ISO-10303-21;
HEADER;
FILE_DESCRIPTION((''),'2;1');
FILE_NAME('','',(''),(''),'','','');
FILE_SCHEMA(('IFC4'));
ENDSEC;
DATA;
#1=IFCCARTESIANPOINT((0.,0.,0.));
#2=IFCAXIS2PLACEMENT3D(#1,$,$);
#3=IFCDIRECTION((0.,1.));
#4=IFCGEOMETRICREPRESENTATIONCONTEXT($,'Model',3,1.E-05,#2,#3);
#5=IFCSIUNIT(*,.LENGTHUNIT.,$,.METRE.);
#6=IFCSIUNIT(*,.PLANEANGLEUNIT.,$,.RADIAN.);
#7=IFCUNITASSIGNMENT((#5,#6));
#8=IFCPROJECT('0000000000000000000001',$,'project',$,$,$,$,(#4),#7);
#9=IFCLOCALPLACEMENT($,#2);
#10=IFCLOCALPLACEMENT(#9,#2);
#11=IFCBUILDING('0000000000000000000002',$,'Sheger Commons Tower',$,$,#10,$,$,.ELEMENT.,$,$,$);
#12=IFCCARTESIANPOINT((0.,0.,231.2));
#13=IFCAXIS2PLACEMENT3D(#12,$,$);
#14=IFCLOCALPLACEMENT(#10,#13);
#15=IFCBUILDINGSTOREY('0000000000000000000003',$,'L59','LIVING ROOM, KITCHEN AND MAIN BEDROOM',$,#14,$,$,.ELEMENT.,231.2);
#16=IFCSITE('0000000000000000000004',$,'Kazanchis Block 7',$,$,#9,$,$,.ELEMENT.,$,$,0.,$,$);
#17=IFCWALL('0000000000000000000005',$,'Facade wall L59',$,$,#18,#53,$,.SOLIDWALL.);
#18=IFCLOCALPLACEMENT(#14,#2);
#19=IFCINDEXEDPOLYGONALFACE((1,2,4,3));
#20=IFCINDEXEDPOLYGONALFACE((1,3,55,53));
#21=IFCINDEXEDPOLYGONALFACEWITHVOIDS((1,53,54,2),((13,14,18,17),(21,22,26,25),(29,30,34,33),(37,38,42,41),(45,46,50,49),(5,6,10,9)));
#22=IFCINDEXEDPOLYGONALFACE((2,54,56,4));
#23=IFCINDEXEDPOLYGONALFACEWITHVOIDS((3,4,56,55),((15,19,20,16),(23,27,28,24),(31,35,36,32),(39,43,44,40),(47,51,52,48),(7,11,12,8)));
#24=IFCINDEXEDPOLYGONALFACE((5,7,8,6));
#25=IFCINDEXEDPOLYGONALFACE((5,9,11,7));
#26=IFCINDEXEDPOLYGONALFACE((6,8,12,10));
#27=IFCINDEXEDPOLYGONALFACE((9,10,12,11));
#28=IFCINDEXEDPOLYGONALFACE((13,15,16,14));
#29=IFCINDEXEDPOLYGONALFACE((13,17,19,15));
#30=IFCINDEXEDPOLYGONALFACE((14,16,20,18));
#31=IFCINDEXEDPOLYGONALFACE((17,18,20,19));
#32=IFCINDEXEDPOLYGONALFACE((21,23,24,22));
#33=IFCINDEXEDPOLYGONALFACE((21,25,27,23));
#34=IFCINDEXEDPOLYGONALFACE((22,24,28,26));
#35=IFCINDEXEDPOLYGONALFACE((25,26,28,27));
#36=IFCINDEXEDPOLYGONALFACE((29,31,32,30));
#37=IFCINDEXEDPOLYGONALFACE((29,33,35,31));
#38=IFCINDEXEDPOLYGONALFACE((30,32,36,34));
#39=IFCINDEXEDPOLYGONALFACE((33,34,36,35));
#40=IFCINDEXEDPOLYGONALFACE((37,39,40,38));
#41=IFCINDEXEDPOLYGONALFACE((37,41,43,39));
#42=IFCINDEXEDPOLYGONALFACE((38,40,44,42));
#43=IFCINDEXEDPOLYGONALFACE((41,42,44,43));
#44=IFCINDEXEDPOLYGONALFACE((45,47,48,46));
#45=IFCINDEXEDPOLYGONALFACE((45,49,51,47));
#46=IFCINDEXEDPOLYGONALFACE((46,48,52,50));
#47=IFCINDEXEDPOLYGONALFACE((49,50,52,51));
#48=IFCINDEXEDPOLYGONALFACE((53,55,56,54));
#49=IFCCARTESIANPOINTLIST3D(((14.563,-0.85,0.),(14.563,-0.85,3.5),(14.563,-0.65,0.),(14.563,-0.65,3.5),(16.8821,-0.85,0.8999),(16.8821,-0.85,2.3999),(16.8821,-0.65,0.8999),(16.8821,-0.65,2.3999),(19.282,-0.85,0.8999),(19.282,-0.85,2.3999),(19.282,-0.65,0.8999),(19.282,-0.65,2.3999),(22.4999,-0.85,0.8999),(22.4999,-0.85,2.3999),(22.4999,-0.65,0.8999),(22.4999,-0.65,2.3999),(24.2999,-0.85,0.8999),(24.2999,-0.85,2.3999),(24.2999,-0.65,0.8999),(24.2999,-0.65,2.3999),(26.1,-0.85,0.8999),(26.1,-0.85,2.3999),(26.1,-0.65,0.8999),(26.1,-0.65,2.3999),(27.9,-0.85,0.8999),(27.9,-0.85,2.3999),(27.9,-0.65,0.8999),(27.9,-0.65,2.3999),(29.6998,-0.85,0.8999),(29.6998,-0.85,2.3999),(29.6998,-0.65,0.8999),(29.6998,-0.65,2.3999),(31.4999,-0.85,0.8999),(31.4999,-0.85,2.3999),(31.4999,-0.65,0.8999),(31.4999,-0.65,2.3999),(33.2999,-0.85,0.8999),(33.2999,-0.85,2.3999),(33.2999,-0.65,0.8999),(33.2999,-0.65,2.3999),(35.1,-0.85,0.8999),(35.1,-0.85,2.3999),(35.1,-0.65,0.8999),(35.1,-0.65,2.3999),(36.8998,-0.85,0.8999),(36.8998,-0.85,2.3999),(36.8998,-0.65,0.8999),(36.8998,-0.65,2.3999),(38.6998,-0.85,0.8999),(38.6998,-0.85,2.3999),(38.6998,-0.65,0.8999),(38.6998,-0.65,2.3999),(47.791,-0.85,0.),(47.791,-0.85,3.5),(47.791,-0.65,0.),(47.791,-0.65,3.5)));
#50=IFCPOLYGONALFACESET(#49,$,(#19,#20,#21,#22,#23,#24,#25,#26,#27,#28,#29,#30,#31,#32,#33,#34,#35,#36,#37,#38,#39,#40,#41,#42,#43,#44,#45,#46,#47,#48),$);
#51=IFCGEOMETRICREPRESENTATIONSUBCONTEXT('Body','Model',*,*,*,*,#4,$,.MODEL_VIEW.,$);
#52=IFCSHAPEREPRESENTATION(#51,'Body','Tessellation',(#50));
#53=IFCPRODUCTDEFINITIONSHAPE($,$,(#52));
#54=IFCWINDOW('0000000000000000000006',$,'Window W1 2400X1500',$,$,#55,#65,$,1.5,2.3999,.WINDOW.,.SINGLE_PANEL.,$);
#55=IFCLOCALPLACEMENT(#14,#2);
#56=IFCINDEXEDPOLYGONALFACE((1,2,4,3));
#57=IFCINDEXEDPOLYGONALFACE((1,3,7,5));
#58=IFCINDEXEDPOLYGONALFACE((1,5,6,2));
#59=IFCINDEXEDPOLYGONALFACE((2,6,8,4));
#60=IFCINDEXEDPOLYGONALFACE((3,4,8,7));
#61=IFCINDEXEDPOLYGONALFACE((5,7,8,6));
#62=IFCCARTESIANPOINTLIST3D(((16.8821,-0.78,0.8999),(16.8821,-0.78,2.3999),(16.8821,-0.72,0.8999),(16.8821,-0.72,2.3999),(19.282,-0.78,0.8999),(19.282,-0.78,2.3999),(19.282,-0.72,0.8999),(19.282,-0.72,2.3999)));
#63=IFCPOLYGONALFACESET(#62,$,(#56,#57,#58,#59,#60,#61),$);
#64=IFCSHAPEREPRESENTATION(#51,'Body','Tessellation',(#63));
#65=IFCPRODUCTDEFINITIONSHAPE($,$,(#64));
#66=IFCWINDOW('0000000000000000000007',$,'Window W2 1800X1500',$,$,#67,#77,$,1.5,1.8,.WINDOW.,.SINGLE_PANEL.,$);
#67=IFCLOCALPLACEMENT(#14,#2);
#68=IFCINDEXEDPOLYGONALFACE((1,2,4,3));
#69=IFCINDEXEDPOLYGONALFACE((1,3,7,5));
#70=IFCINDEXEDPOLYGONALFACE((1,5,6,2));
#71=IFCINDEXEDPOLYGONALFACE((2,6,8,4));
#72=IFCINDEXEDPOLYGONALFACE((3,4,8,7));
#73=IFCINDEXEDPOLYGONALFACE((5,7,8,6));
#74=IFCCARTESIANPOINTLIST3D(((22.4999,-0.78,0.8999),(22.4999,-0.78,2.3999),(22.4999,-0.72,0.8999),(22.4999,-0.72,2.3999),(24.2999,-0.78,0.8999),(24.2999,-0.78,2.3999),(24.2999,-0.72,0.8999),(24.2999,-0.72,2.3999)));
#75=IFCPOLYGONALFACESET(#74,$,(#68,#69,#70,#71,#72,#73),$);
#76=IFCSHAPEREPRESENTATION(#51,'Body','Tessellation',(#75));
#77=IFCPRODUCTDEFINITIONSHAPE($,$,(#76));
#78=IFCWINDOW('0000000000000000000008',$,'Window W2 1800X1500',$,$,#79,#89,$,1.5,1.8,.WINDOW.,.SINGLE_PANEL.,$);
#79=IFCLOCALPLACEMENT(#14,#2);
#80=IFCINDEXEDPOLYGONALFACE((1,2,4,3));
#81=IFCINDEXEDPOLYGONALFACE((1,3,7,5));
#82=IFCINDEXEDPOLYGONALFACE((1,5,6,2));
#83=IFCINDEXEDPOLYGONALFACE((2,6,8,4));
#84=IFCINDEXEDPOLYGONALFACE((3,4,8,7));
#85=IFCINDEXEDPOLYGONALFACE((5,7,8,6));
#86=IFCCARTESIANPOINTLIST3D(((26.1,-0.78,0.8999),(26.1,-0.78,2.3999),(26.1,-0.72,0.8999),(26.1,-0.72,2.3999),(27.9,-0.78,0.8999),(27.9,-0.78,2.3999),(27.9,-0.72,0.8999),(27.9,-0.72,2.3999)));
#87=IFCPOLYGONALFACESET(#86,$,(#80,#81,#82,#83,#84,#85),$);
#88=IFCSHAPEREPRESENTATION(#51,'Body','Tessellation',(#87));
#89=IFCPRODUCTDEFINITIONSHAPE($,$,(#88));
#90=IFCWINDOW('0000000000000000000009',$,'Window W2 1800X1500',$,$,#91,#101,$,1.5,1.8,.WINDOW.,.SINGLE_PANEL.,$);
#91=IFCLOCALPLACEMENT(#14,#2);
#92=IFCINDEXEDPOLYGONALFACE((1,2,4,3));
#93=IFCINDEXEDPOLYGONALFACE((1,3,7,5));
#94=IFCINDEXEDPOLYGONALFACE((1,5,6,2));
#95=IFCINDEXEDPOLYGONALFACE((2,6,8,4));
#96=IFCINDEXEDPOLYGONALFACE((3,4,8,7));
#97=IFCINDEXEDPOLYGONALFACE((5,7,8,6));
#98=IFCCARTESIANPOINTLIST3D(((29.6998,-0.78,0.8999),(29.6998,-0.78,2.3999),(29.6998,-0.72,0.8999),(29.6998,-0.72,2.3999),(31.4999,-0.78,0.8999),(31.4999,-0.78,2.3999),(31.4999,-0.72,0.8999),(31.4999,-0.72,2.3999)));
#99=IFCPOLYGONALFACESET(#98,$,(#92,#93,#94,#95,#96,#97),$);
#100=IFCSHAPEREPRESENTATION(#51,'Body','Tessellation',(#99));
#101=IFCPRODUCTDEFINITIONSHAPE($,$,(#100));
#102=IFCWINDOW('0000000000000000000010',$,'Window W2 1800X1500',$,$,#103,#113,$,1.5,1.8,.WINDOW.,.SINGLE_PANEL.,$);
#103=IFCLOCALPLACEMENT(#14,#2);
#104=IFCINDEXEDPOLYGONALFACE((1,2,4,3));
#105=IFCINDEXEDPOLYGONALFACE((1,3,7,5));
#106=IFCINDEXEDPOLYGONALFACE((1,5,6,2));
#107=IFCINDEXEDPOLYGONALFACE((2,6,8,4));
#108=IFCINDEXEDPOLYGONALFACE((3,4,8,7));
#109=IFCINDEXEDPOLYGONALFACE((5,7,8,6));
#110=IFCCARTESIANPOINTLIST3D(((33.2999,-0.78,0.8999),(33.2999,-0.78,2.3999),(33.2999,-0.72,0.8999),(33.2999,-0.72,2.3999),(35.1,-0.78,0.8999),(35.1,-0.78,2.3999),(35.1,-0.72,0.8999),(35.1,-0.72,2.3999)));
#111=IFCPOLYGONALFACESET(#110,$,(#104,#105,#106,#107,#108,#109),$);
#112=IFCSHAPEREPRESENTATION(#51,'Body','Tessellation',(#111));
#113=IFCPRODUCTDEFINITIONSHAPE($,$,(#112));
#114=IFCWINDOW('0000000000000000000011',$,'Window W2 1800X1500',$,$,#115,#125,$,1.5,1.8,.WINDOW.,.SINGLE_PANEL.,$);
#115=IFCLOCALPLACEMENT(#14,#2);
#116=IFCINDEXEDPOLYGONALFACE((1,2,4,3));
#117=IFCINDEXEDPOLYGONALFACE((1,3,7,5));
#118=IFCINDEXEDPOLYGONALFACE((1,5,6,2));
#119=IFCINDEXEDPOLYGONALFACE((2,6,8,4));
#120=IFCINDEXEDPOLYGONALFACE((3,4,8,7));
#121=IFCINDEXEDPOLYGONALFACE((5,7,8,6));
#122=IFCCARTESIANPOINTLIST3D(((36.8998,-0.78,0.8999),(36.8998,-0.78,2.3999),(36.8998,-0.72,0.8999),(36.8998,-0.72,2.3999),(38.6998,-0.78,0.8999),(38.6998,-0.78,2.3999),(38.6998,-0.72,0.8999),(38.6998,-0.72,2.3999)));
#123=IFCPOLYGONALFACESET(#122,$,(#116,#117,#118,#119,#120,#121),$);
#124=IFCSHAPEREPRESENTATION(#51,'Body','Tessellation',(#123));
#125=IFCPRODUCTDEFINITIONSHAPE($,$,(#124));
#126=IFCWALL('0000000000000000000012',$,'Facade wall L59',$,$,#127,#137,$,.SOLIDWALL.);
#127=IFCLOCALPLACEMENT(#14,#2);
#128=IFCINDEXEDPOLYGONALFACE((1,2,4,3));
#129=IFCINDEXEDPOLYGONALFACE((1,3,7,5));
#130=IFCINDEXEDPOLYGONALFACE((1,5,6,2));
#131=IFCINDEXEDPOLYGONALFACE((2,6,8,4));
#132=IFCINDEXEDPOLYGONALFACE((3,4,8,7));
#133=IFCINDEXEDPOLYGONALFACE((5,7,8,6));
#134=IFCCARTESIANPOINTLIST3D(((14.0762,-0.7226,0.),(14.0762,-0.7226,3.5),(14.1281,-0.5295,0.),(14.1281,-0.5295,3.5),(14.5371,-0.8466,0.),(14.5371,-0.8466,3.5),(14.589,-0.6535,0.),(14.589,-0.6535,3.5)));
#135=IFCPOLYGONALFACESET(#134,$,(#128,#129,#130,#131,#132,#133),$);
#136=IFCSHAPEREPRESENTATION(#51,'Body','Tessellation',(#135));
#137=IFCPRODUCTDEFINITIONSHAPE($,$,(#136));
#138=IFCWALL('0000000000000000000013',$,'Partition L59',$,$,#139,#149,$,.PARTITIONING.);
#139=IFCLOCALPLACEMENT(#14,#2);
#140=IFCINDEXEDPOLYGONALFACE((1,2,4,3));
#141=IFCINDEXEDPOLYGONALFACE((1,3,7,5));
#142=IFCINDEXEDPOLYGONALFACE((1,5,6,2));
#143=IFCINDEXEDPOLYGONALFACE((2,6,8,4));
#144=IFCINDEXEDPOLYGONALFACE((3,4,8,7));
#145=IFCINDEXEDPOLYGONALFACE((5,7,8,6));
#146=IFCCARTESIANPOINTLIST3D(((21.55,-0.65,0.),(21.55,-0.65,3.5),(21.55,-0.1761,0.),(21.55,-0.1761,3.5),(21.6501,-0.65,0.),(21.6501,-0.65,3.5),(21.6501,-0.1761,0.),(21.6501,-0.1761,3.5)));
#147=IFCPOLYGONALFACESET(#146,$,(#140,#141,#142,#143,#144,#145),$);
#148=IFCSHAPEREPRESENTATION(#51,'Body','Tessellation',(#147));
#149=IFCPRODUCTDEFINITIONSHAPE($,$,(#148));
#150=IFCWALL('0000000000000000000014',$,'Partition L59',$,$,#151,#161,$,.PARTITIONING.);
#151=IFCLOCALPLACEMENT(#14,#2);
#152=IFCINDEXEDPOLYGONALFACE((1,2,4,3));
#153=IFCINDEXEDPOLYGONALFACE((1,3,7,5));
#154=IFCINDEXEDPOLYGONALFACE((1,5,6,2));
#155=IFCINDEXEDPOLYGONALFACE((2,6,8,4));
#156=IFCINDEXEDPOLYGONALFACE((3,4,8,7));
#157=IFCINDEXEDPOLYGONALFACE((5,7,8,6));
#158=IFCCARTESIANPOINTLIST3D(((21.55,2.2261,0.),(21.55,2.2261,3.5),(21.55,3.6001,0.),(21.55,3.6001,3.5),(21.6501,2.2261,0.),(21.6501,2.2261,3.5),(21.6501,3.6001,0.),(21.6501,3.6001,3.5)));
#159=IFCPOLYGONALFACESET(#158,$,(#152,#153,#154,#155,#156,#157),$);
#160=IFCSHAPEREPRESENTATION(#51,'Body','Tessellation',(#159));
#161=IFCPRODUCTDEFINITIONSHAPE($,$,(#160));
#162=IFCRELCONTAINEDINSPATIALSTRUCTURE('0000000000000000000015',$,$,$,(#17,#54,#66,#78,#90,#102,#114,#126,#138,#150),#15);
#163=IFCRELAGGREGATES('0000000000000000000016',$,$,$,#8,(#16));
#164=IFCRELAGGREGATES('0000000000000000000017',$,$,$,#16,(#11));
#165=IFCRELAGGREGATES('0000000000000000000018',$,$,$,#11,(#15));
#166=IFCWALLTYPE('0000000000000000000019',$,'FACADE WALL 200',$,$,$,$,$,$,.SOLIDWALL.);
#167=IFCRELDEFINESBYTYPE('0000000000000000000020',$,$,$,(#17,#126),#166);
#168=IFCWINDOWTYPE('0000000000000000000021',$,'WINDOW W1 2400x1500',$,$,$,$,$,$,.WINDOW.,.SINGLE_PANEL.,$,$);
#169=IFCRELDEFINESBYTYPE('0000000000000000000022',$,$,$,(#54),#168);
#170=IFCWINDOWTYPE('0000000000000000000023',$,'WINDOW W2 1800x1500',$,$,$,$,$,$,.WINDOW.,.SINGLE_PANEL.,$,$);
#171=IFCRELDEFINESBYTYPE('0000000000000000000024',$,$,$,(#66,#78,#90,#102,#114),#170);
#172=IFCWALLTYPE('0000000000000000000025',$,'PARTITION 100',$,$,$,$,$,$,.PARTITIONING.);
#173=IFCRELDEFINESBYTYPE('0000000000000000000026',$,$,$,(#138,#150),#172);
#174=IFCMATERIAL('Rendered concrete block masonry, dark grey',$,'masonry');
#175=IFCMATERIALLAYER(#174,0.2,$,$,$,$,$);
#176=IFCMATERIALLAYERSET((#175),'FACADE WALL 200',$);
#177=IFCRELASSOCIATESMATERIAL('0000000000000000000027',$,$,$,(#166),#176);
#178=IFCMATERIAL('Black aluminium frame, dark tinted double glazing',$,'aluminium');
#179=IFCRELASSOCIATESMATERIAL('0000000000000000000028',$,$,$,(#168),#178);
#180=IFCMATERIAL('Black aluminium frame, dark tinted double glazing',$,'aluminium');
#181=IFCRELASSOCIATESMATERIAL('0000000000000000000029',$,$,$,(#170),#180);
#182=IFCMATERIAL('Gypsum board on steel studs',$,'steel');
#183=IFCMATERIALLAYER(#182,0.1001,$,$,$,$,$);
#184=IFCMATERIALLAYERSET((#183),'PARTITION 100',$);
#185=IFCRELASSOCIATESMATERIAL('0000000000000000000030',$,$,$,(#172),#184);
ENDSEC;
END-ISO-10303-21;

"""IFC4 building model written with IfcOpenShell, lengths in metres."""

from ifc_helpers import new_model, si_unit, direction, frame, frame_2d, origin, place, context, subcontext, project, spatial, rectangle, extrude, material, layer, layer_set, type_object, element, fill, save


model = new_model("IFC4")

# Units and contexts
model_context = context("Model", 3, precision=1e-05, world=origin(), true_north=direction((0.0, 1.0)))
body_context = subcontext(model_context, "Body", "Model", "MODEL_VIEW")
ifc_project = project(units=[si_unit("LENGTHUNIT", "METRE"), si_unit("PLANEANGLEUNIT", "RADIAN")], contexts=[model_context])

# Site, building, storey
site_placement = place(None, origin())
site = spatial("IfcSite", under=ifc_project, at=site_placement, Name="Kazanchis Block 7", CompositionType="ELEMENT", RefElevation=0.0)
building_placement = place(site_placement, origin())
building = spatial("IfcBuilding", under=site, at=building_placement, Name="Sheger Commons Tower", CompositionType="ELEMENT")
storey_placement = place(building_placement, frame((0.0, 0.0, 231.2)))
storey = spatial("IfcBuildingStorey", under=building, at=storey_placement, Name="L59", Description="LIVING ROOM, KITCHEN AND MAIN BEDROOM", CompositionType="ELEMENT", Elevation=231.2)

# Wall, openings, windows
ifc_material_1 = material(Name="Rendered concrete block masonry, dark grey", Category="masonry")
ifc_layer_1 = layer(ifc_material_1, 0.2)
ifc_layer_set_1 = layer_set([ifc_layer_1], Name="FACADE WALL 200")
wall_type_1 = type_object("IfcWallType", Name="FACADE WALL 200", PredefinedType="SOLIDWALL", material=ifc_layer_set_1)
wall_1_placement = place(storey_placement, frame((14.563, -0.75, 0.0), z_axis=(0.0, 0.0, 1.0), x_axis=(1.0, 0.0, 0.0)))
wall_1 = element("IfcWall", 1, at=wall_1_placement, inside=storey, type_object=wall_type_1, Name="Facade wall L59", PredefinedType="SOLIDWALL", context=body_context, shape_type="SweptSolid", body=[
    extrude(rectangle(XDim=33.228, YDim=0.2, at=frame_2d((16.614, 0.0))), origin(), (0.0, 0.0, 1.0), 3.5),
])
opening_1_placement = place(wall_1_placement, frame((2.3191, 0.0, 0.8999)))
opening_1 = element("IfcOpeningElement", 2, at=opening_1_placement, cuts=wall_1, PredefinedType="OPENING", context=body_context, shape_type="SweptSolid", body=[
    extrude(rectangle(XDim=2.3999, YDim=1.5, at=frame_2d((1.2, 0.75))), frame((0.0, 0.1099, 0.0), z_axis=(0.0, -1.0, 0.0), x_axis=(1.0, 0.0, 0.0)), (0.0, 0.0, 1.0), 0.22),
])
opening_2_placement = place(wall_1_placement, frame((7.937, 0.0, 0.8999)))
opening_2 = element("IfcOpeningElement", 3, at=opening_2_placement, cuts=wall_1, PredefinedType="OPENING", context=body_context, shape_type="SweptSolid", body=[
    extrude(rectangle(XDim=1.8, YDim=1.5, at=frame_2d((0.8999, 0.75))), frame((0.0, 0.1099, 0.0), z_axis=(0.0, -1.0, 0.0), x_axis=(1.0, 0.0, 0.0)), (0.0, 0.0, 1.0), 0.22),
])
opening_3_placement = place(wall_1_placement, frame((11.5371, 0.0, 0.8999)))
opening_3 = element("IfcOpeningElement", 4, at=opening_3_placement, cuts=wall_1, PredefinedType="OPENING", context=body_context, shape_type="SweptSolid", body=[
    extrude(rectangle(XDim=1.8, YDim=1.5, at=frame_2d((0.8999, 0.75))), frame((0.0, 0.1099, 0.0), z_axis=(0.0, -1.0, 0.0), x_axis=(1.0, 0.0, 0.0)), (0.0, 0.0, 1.0), 0.22),
])
opening_4_placement = place(wall_1_placement, frame((15.137, 0.0, 0.8999)))
opening_4 = element("IfcOpeningElement", 5, at=opening_4_placement, cuts=wall_1, PredefinedType="OPENING", context=body_context, shape_type="SweptSolid", body=[
    extrude(rectangle(XDim=1.8, YDim=1.5, at=frame_2d((0.8999, 0.75))), frame((0.0, 0.1099, 0.0), z_axis=(0.0, -1.0, 0.0), x_axis=(1.0, 0.0, 0.0)), (0.0, 0.0, 1.0), 0.22),
])
opening_5_placement = place(wall_1_placement, frame((18.7371, 0.0, 0.8999)))
opening_5 = element("IfcOpeningElement", 6, at=opening_5_placement, cuts=wall_1, PredefinedType="OPENING", context=body_context, shape_type="SweptSolid", body=[
    extrude(rectangle(XDim=1.8, YDim=1.5, at=frame_2d((0.8999, 0.75))), frame((0.0, 0.1099, 0.0), z_axis=(0.0, -1.0, 0.0), x_axis=(1.0, 0.0, 0.0)), (0.0, 0.0, 1.0), 0.22),
])
opening_6_placement = place(wall_1_placement, frame((22.3369, 0.0, 0.8999)))
opening_6 = element("IfcOpeningElement", 7, at=opening_6_placement, cuts=wall_1, PredefinedType="OPENING", context=body_context, shape_type="SweptSolid", body=[
    extrude(rectangle(XDim=1.8, YDim=1.5, at=frame_2d((0.8999, 0.75))), frame((0.0, 0.1099, 0.0), z_axis=(0.0, -1.0, 0.0), x_axis=(1.0, 0.0, 0.0)), (0.0, 0.0, 1.0), 0.22),
])
ifc_material_2 = material(Name="Black aluminium frame, dark tinted double glazing", Category="aluminium")
window_type_1 = type_object("IfcWindowType", Name="WINDOW W1 2400x1500", PartitioningType="SINGLE_PANEL", PredefinedType="WINDOW", material=ifc_material_2)
window_1_placement = place(opening_1_placement, origin())
window_1 = element("IfcWindow", 8, at=window_1_placement, inside=storey, type_object=window_type_1, Name="Window W1 2400X1500", OverallHeight=1.5, OverallWidth=2.3999, PartitioningType="SINGLE_PANEL", PredefinedType="WINDOW", context=body_context, shape_type="SweptSolid", body=[
    extrude(rectangle(XDim=2.3999, YDim=1.5, at=frame_2d((1.2, 0.75))), frame((0.0, 0.03, 0.0), z_axis=(0.0, -1.0, 0.0), x_axis=(1.0, 0.0, 0.0)), (0.0, 0.0, 1.0), 0.0601),
])
fill(opening_1, window_1)
ifc_material_3 = material(Name="Black aluminium frame, dark tinted double glazing", Category="aluminium")
window_type_2 = type_object("IfcWindowType", Name="WINDOW W2 1800x1500", PartitioningType="SINGLE_PANEL", PredefinedType="WINDOW", material=ifc_material_3)
window_2_placement = place(opening_2_placement, origin())
window_2 = element("IfcWindow", 9, at=window_2_placement, inside=storey, type_object=window_type_2, Name="Window W2 1800X1500", OverallHeight=1.5, OverallWidth=1.8, PartitioningType="SINGLE_PANEL", PredefinedType="WINDOW", context=body_context, shape_type="SweptSolid", body=[
    extrude(rectangle(XDim=1.8, YDim=1.5, at=frame_2d((0.8999, 0.75))), frame((0.0, 0.03, 0.0), z_axis=(0.0, -1.0, 0.0), x_axis=(1.0, 0.0, 0.0)), (0.0, 0.0, 1.0), 0.0601),
])
fill(opening_2, window_2)
window_3_placement = place(opening_3_placement, origin())
window_3 = element("IfcWindow", 10, at=window_3_placement, inside=storey, type_object=window_type_2, Name="Window W2 1800X1500", OverallHeight=1.5, OverallWidth=1.8, PartitioningType="SINGLE_PANEL", PredefinedType="WINDOW", context=body_context, shape_type="SweptSolid", body=[
    extrude(rectangle(XDim=1.8, YDim=1.5, at=frame_2d((0.8999, 0.75))), frame((0.0, 0.03, 0.0), z_axis=(0.0, -1.0, 0.0), x_axis=(1.0, 0.0, 0.0)), (0.0, 0.0, 1.0), 0.0601),
])
fill(opening_3, window_3)
window_4_placement = place(opening_4_placement, origin())
window_4 = element("IfcWindow", 11, at=window_4_placement, inside=storey, type_object=window_type_2, Name="Window W2 1800X1500", OverallHeight=1.5, OverallWidth=1.8, PartitioningType="SINGLE_PANEL", PredefinedType="WINDOW", context=body_context, shape_type="SweptSolid", body=[
    extrude(rectangle(XDim=1.8, YDim=1.5, at=frame_2d((0.8999, 0.75))), frame((0.0, 0.03, 0.0), z_axis=(0.0, -1.0, 0.0), x_axis=(1.0, 0.0, 0.0)), (0.0, 0.0, 1.0), 0.0601),
])
fill(opening_4, window_4)
window_5_placement = place(opening_5_placement, origin())
window_5 = element("IfcWindow", 12, at=window_5_placement, inside=storey, type_object=window_type_2, Name="Window W2 1800X1500", OverallHeight=1.5, OverallWidth=1.8, PartitioningType="SINGLE_PANEL", PredefinedType="WINDOW", context=body_context, shape_type="SweptSolid", body=[
    extrude(rectangle(XDim=1.8, YDim=1.5, at=frame_2d((0.8999, 0.75))), frame((0.0, 0.03, 0.0), z_axis=(0.0, -1.0, 0.0), x_axis=(1.0, 0.0, 0.0)), (0.0, 0.0, 1.0), 0.0601),
])
fill(opening_5, window_5)
window_6_placement = place(opening_6_placement, origin())
window_6 = element("IfcWindow", 13, at=window_6_placement, inside=storey, type_object=window_type_2, Name="Window W2 1800X1500", OverallHeight=1.5, OverallWidth=1.8, PartitioningType="SINGLE_PANEL", PredefinedType="WINDOW", context=body_context, shape_type="SweptSolid", body=[
    extrude(rectangle(XDim=1.8, YDim=1.5, at=frame_2d((0.8999, 0.75))), frame((0.0, 0.03, 0.0), z_axis=(0.0, -1.0, 0.0), x_axis=(1.0, 0.0, 0.0)), (0.0, 0.0, 1.0), 0.0601),
])
fill(opening_6, window_6)

# Walls
wall_2_placement = place(storey_placement, frame((14.1021, -0.626, 0.0), z_axis=(0.0, 0.0, 1.0), x_axis=(0.965655, -0.259827, 0.0)))
element("IfcWall", 14, at=wall_2_placement, inside=storey, type_object=wall_type_1, Name="Facade wall L59", PredefinedType="SOLIDWALL", context=body_context, shape_type="SweptSolid", body=[
    extrude(rectangle(XDim=0.4773, YDim=0.2, at=frame_2d((0.2388, 0.0))), origin(), (0.0, 0.0, 1.0), 3.5),
])
ifc_material_4 = material(Name="Gypsum board on steel studs", Category="steel")
ifc_layer_2 = layer(ifc_material_4, 0.1001)
ifc_layer_set_2 = layer_set([ifc_layer_2], Name="PARTITION 100")
wall_type_2 = type_object("IfcWallType", Name="PARTITION 100", PredefinedType="PARTITIONING", material=ifc_layer_set_2)
wall_3_placement = place(storey_placement, frame((21.6001, -0.6499, 0.0), z_axis=(0.0, 0.0, 1.0), x_axis=(0.0, 1.0, 0.0)))
element("IfcWall", 15, at=wall_3_placement, inside=storey, type_object=wall_type_2, Name="Partition L59", PredefinedType="PARTITIONING", context=body_context, shape_type="SweptSolid", body=[
    extrude(rectangle(XDim=0.4739, YDim=0.1001, at=frame_2d((0.2368, 0.0))), origin(), (0.0, 0.0, 1.0), 3.5),
])
wall_4_placement = place(storey_placement, frame((21.6001, 2.2261, 0.0), z_axis=(0.0, 0.0, 1.0), x_axis=(0.0, 1.0, 0.0)))
element("IfcWall", 16, at=wall_4_placement, inside=storey, type_object=wall_type_2, Name="Partition L59", PredefinedType="PARTITIONING", context=body_context, shape_type="SweptSolid", body=[
    extrude(rectangle(XDim=1.374, YDim=0.1001, at=frame_2d((0.687, 0.0))), origin(), (0.0, 0.0, 1.0), 3.5),
])

save(model, "model.ifc")
